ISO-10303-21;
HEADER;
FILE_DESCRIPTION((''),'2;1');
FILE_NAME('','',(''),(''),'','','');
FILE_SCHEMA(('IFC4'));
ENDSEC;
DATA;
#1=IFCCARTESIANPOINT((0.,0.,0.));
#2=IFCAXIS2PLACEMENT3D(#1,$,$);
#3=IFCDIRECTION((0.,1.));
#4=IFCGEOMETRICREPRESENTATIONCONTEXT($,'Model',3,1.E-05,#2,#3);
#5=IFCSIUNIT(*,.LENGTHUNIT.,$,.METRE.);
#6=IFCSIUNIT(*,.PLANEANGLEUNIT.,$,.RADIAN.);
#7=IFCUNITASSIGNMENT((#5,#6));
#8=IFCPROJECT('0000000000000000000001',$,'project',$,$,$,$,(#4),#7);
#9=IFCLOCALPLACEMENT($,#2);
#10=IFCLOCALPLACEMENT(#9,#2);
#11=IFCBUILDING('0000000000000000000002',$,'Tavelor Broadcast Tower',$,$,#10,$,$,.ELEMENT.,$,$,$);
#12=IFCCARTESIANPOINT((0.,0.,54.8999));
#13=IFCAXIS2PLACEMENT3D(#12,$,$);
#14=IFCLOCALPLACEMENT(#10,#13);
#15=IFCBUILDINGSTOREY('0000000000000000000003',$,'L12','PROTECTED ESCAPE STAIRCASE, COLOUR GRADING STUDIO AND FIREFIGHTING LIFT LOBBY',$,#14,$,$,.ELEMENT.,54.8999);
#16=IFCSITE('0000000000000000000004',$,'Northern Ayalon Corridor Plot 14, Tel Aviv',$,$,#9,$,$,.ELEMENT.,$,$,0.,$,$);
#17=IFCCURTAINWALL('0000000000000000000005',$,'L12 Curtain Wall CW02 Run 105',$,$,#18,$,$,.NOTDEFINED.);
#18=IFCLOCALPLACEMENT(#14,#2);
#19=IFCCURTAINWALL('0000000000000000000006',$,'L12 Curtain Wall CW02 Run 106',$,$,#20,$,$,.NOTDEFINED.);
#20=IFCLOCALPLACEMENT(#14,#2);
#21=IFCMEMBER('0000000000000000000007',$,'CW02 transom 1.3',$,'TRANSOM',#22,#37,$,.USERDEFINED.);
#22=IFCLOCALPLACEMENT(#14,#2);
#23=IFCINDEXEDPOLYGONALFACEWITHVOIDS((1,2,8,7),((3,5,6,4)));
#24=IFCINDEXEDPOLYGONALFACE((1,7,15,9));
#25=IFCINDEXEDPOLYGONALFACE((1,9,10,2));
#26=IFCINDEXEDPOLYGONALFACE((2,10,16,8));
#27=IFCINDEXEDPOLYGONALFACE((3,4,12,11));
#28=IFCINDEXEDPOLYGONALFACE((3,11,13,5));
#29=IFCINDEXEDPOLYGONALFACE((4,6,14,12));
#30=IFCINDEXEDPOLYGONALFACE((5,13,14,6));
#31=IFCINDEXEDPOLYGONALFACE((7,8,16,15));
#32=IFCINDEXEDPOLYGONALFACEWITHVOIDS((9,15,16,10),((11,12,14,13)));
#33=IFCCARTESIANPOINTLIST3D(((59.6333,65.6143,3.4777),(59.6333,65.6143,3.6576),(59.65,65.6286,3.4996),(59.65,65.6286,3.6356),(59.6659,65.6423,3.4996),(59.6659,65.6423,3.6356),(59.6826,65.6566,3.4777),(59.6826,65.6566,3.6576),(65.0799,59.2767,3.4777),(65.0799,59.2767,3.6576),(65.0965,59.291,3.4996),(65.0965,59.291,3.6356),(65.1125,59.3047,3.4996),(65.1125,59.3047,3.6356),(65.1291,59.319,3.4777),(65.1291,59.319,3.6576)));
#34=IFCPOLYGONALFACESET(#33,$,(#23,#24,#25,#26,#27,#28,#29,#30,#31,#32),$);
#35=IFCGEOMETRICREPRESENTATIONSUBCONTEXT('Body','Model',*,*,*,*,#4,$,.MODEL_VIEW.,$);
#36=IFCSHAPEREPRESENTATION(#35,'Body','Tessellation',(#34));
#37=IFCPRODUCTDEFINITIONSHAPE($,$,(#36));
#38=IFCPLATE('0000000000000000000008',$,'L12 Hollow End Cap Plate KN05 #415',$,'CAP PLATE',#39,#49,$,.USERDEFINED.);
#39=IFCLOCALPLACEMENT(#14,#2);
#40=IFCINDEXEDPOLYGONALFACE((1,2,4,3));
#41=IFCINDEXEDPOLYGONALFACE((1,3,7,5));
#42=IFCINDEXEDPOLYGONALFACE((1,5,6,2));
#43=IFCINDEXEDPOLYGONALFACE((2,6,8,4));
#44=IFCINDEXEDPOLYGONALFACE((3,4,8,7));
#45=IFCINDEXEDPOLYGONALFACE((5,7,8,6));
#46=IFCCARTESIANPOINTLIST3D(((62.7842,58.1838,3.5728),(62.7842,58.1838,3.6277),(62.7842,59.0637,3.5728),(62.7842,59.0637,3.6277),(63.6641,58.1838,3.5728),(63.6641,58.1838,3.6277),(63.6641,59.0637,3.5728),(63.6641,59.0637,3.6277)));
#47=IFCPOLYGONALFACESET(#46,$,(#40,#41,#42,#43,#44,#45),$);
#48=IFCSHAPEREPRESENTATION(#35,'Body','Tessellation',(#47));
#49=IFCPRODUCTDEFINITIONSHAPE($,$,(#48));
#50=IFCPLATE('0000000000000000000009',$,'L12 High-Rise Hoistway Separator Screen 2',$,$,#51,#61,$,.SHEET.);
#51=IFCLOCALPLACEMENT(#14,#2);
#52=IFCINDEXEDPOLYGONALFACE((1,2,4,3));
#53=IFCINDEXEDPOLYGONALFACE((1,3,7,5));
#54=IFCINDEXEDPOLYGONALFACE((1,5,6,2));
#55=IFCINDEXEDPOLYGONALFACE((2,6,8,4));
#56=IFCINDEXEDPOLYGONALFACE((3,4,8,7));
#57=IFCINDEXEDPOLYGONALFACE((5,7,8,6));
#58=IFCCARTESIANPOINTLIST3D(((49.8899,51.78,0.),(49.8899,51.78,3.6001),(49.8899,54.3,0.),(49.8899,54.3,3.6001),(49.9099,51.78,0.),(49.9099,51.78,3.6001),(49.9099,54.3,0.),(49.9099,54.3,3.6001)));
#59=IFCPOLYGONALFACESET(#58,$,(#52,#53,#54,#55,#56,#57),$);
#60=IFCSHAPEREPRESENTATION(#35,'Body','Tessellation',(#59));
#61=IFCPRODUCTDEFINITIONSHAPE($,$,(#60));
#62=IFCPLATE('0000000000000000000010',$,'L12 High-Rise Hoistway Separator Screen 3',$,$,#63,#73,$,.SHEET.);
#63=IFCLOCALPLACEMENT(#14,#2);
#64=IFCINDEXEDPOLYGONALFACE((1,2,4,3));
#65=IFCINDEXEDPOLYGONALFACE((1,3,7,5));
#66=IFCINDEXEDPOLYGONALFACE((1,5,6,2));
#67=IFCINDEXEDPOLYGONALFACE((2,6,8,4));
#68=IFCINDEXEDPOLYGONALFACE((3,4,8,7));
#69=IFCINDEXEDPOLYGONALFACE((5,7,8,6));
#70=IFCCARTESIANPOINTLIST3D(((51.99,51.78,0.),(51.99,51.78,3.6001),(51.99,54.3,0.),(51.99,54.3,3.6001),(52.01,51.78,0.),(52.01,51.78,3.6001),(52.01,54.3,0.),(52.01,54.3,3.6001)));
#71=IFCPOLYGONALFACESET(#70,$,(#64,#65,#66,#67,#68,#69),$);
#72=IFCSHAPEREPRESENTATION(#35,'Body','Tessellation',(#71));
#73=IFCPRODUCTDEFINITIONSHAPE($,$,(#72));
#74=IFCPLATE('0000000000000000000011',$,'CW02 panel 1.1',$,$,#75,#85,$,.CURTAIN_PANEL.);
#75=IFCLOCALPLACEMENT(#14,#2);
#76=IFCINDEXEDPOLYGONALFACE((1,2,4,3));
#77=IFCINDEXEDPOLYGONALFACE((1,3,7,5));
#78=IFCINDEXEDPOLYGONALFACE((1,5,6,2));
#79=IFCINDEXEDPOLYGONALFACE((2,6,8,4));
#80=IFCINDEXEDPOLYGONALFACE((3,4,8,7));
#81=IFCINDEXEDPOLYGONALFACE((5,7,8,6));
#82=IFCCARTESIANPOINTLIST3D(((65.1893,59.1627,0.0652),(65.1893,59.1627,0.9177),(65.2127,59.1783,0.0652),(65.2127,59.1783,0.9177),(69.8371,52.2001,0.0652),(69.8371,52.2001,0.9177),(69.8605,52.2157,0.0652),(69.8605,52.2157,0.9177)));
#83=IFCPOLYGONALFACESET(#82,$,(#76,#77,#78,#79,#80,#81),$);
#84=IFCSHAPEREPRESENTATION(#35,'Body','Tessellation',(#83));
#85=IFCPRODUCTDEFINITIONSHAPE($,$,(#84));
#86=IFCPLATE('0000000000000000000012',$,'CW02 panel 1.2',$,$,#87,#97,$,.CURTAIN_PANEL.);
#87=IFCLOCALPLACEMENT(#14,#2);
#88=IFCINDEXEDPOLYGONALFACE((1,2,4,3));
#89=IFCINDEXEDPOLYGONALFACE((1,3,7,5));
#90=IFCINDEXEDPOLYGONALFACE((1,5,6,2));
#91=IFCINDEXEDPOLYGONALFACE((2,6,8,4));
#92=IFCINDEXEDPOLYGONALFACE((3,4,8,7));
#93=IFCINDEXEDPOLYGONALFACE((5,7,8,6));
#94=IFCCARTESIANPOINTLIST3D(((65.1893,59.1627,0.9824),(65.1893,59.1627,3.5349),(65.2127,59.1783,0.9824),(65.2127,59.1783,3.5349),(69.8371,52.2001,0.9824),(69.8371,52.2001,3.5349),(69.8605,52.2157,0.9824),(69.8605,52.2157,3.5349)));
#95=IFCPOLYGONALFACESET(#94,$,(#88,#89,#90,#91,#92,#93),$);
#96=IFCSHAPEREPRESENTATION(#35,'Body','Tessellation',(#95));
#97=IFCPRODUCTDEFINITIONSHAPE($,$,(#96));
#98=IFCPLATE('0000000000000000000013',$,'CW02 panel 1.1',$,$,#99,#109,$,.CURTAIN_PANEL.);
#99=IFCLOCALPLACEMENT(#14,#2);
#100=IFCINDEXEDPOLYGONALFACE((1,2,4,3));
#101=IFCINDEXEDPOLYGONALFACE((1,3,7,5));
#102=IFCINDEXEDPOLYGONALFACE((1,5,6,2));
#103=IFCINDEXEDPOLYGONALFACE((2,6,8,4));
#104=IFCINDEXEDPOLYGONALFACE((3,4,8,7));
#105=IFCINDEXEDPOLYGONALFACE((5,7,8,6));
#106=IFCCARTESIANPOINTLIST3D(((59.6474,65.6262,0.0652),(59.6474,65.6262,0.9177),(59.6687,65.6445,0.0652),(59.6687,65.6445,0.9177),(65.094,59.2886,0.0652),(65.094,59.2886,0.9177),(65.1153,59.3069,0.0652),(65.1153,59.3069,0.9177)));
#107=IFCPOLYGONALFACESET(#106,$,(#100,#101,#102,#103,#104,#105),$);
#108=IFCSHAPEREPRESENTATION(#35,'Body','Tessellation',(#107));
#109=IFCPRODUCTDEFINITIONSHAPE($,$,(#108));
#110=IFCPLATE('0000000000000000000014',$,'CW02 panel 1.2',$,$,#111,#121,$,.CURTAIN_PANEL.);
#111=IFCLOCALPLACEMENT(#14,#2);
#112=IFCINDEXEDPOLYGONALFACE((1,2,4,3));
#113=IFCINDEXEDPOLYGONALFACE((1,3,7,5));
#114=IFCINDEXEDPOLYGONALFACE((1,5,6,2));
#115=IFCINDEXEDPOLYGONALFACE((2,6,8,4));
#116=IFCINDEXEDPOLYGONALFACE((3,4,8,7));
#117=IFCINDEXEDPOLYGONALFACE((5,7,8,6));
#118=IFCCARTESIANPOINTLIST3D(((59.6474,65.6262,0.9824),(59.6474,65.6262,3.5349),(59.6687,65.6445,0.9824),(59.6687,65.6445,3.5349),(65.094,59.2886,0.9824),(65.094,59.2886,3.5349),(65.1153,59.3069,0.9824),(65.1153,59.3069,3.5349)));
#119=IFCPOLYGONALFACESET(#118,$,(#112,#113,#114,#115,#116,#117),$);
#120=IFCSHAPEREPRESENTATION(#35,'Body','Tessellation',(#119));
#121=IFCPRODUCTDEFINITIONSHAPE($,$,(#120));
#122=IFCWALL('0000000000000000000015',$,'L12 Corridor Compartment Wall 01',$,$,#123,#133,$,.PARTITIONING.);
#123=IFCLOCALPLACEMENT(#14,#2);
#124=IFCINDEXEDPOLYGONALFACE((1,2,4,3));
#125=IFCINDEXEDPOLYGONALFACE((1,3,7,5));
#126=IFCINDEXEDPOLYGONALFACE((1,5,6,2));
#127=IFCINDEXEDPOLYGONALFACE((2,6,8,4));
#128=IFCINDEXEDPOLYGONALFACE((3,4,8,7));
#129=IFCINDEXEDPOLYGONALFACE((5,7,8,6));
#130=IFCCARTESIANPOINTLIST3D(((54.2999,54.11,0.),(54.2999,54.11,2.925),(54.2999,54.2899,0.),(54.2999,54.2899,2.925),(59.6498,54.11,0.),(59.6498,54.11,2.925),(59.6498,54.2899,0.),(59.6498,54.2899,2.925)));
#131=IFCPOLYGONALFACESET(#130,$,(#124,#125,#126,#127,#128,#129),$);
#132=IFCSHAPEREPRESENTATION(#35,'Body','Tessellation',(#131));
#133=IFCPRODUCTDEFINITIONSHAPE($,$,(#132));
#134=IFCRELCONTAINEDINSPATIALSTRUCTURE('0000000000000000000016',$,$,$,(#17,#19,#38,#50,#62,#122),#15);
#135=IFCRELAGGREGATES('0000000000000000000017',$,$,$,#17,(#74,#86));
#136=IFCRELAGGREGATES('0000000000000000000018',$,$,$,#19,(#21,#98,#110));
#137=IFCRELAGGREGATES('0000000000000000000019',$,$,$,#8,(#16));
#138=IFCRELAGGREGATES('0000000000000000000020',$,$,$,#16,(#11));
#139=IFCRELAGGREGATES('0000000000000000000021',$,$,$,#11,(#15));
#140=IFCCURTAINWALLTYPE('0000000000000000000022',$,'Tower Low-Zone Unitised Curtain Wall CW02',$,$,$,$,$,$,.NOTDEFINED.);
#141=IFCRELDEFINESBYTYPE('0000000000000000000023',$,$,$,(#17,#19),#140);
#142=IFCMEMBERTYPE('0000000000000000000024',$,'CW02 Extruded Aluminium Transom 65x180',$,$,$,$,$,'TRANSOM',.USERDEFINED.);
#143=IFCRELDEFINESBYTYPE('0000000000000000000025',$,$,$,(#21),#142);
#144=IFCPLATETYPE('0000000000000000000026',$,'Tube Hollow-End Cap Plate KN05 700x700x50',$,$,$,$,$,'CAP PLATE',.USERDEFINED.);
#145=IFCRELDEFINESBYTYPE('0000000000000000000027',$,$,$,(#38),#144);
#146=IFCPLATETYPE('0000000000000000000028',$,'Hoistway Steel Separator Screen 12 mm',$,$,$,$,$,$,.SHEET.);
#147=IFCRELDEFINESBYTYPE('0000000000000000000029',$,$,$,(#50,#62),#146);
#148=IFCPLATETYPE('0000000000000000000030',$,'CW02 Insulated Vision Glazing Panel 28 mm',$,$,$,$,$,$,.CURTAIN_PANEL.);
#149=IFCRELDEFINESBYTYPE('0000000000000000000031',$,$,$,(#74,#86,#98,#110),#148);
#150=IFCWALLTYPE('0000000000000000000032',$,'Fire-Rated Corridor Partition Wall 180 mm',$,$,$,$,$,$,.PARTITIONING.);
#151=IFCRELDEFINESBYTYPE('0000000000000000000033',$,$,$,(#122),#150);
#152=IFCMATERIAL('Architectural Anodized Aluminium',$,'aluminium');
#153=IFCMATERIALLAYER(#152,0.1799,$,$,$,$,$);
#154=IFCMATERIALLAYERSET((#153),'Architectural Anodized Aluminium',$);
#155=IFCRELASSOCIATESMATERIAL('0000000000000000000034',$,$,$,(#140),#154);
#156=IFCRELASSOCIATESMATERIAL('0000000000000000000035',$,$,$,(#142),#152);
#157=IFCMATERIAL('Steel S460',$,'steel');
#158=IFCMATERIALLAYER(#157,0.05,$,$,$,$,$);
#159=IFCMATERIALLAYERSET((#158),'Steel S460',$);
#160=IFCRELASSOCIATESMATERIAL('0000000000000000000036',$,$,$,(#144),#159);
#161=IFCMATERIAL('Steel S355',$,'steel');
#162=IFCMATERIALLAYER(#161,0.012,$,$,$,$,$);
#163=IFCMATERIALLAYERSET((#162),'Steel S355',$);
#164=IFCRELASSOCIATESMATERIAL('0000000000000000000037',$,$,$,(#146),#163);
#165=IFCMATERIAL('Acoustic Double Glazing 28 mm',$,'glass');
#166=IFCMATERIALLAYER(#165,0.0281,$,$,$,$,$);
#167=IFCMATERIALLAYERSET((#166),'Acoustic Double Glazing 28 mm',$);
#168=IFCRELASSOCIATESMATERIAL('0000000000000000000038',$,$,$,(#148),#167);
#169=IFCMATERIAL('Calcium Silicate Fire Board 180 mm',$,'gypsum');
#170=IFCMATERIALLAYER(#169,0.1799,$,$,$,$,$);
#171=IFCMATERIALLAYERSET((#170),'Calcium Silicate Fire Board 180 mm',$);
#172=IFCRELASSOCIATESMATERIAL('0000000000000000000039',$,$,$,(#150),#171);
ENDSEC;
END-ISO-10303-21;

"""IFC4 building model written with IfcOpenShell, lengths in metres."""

from ifc_helpers import new_model, si_unit, direction, frame, frame_2d, origin, origin_2d, place, context, subcontext, project, spatial, rectangle, hollow_rectangle, extrude, source, transform, mapped, material, layer, layer_set, material_profile, profile_set, type_object, type_shapes, element, aggregate, save


model = new_model("IFC4")

# Units and contexts
model_context = context("Model", 3, precision=1e-05, world=origin(), true_north=direction((0.0, 1.0)))
body_context = subcontext(model_context, "Body", "Model", "MODEL_VIEW")
ifc_project = project(units=[si_unit("LENGTHUNIT", "METRE"), si_unit("PLANEANGLEUNIT", "RADIAN")], contexts=[model_context])

# Site, building, storey
site_placement = place(None, origin())
site = spatial("IfcSite", under=ifc_project, at=site_placement, Name="Northern Ayalon Corridor Plot 14, Tel Aviv", CompositionType="ELEMENT", RefElevation=0.0)
building_placement = place(site_placement, origin())
building = spatial("IfcBuilding", under=site, at=building_placement, Name="Tavelor Broadcast Tower", CompositionType="ELEMENT")
storey_placement = place(building_placement, frame((0.0, 0.0, 54.8999)))
storey = spatial("IfcBuildingStorey", under=building, at=storey_placement, Name="L12", Description="PROTECTED ESCAPE STAIRCASE, COLOUR GRADING STUDIO AND FIREFIGHTING LIFT LOBBY", CompositionType="ELEMENT", Elevation=54.8999)

# Shared definitions
ifc_material_1 = material(Name="Steel S460", Category="steel")

# Shared definitions
ifc_material_2 = material(Name="Steel S355", Category="steel")

# Curtain wall
ifc_material_3 = material(Name="Architectural Anodized Aluminium", Category="aluminium")
ifc_layer_1 = layer(ifc_material_3, 0.1799)
ifc_layer_set_1 = layer_set([ifc_layer_1], Name="Architectural Anodized Aluminium")
curtain_wall_type = type_object("IfcCurtainWallType", Name="Tower Low-Zone Unitised Curtain Wall CW02", PredefinedType="NOTDEFINED", material=ifc_layer_set_1)
curtain_wall_1_placement = place(storey_placement, origin())
curtain_wall_1 = element("IfcCurtainWall", 1, at=curtain_wall_1_placement, inside=storey, type_object=curtain_wall_type, Name="L12 Curtain Wall CW02 Run 105", PredefinedType="NOTDEFINED")

# Curtain wall, member
curtain_wall_2_placement = place(storey_placement, origin())
curtain_wall_2 = element("IfcCurtainWall", 2, at=curtain_wall_2_placement, inside=storey, type_object=curtain_wall_type, Name="L12 Curtain Wall CW02 Run 106", PredefinedType="NOTDEFINED")
ifc_material_profile_1 = material_profile(ifc_material_3, hollow_rectangle(XDim=0.0649, YDim=0.1799, WallThickness=0.022, at=origin_2d()), Name="RHS 65x180x22")
ifc_profile_set_1 = profile_set([ifc_material_profile_1], Name="Architectural Anodized Aluminium")
member_type_1 = type_object("IfcMemberType", Name="CW02 Extruded Aluminium Transom 65x180", ElementType="TRANSOM", PredefinedType="USERDEFINED", material=ifc_profile_set_1)
shared_shape_1 = source(origin(), body_context, "Body", "SweptSolid", [
    extrude(hollow_rectangle(XDim=0.0649, YDim=0.1799, WallThickness=0.022, at=origin_2d()), origin(), (0.0, 0.0, 1.0), 8.3564),
])
type_shapes(member_type_1, [shared_shape_1])
member_1_placement = place(storey_placement, frame((65.1045, 59.2979, 3.5676), z_axis=(-0.651775, 0.758412, 0.0), x_axis=(-0.758412, -0.651775, 0.0)))
member_1 = element("IfcMember", 3, at=member_1_placement, type_object=member_type_1, Name="CW02 transom 1.3", ObjectType="TRANSOM", PredefinedType="USERDEFINED", context=body_context, shape_type="MappedRepresentation", body=[
    mapped(shared_shape_1, transform((0.0, 0.0, 0.0), scale=1.0)),
])

# Plates
ifc_layer_2 = layer(ifc_material_1, 0.05)
ifc_layer_set_2 = layer_set([ifc_layer_2], Name="Steel S460")
plate_type_1 = type_object("IfcPlateType", Name="Tube Hollow-End Cap Plate KN05 700x700x50", ElementType="CAP PLATE", PredefinedType="USERDEFINED", material=ifc_layer_set_2)
shared_shape_2 = source(origin(), body_context, "Body", "SweptSolid", [
    extrude(rectangle(XDim=0.8799, YDim=0.8799, at=origin_2d()), origin(), (0.0, 0.0, 1.0), 0.0549),
])
type_shapes(plate_type_1, [shared_shape_2])
plate_1_placement = place(storey_placement, frame((63.2241, 58.6238, 3.5728), z_axis=(0.0, 0.0, 1.0), x_axis=(1.0, 0.0, 0.0)))
element("IfcPlate", 4, at=plate_1_placement, inside=storey, type_object=plate_type_1, Name="L12 Hollow End Cap Plate KN05 #415", ObjectType="CAP PLATE", PredefinedType="USERDEFINED", context=body_context, shape_type="MappedRepresentation", body=[
    mapped(shared_shape_2, transform((0.0, 0.0, 0.0), scale=1.0)),
])
ifc_layer_3 = layer(ifc_material_2, 0.012)
ifc_layer_set_3 = layer_set([ifc_layer_3], Name="Steel S355")
plate_type_2 = type_object("IfcPlateType", Name="Hoistway Steel Separator Screen 12 mm", PredefinedType="SHEET", material=ifc_layer_set_3)
shared_shape_3 = source(origin(), body_context, "Body", "SweptSolid", [
    extrude(rectangle(XDim=0.02, YDim=2.52, at=origin_2d()), origin(), (0.0, 0.0, 1.0), 3.6001),
])
type_shapes(plate_type_2, [shared_shape_3])
for number, where, z_axis, x_axis, name in (
    (5, (49.8999, 53.04, 0.0), (0.0, 0.0, 1.0), (1.0, 0.0, 0.0), "L12 High-Rise Hoistway Separator Screen 2"),
    (6, (52.0, 53.04, 0.0), (0.0, 0.0, 1.0), (1.0, 0.0, 0.0), "L12 High-Rise Hoistway Separator Screen 3"),
):
    element("IfcPlate", number, at=place(storey_placement, frame(where, z_axis=z_axis, x_axis=x_axis)), inside=storey, type_object=plate_type_2, Name=name, PredefinedType="SHEET", context=body_context, shape_type="MappedRepresentation", body=[
        mapped(shared_shape_3, transform((0.0, 0.0, 0.0), scale=1.0)),
    ])

# Plates
ifc_material_4 = material(Name="Acoustic Double Glazing 28 mm", Category="glass")
ifc_layer_4 = layer(ifc_material_4, 0.0281)
ifc_layer_set_4 = layer_set([ifc_layer_4], Name="Acoustic Double Glazing 28 mm")
plate_type_3 = type_object("IfcPlateType", Name="CW02 Insulated Vision Glazing Panel 28 mm", PredefinedType="CURTAIN_PANEL", material=ifc_layer_set_4)
shared_shape_4 = source(origin(), body_context, "Body", "SweptSolid", [
    extrude(rectangle(XDim=8.3713, YDim=0.0281, at=origin_2d()), origin(), (0.0, 0.0, 1.0), 0.8525),
])
plate_2_placement = place(storey_placement, frame((67.5249, 55.6892, 0.0652), z_axis=(0.0, 0.0, 1.0), x_axis=(-0.5552, 0.831717, 0.0)))
plate_2 = element("IfcPlate", 7, at=plate_2_placement, type_object=plate_type_3, Name="CW02 panel 1.1", PredefinedType="CURTAIN_PANEL", context=body_context, shape_type="MappedRepresentation", body=[
    mapped(shared_shape_4, transform((0.0, 0.0, 0.0), scale=1.0)),
])
shared_shape_5 = source(origin(), body_context, "Body", "SweptSolid", [
    extrude(rectangle(XDim=8.3713, YDim=0.0281, at=origin_2d()), origin(), (0.0, 0.0, 1.0), 2.5525),
])
plate_3_placement = place(storey_placement, frame((67.5249, 55.6892, 0.9824), z_axis=(0.0, 0.0, 1.0), x_axis=(-0.5552, 0.831717, 0.0)))
plate_3 = element("IfcPlate", 8, at=plate_3_placement, type_object=plate_type_3, Name="CW02 panel 1.2", PredefinedType="CURTAIN_PANEL", context=body_context, shape_type="MappedRepresentation", body=[
    mapped(shared_shape_5, transform((0.0, 0.0, 0.0), scale=1.0)),
])
aggregate(curtain_wall_1, [plate_2, plate_3])
shared_shape_6 = source(origin(), body_context, "Body", "SweptSolid", [
    extrude(rectangle(XDim=8.3564, YDim=0.0281, at=origin_2d()), origin(), (0.0, 0.0, 1.0), 0.8525),
])
plate_4_placement = place(storey_placement, frame((62.3813, 62.4666, 0.0652), z_axis=(0.0, 0.0, 1.0), x_axis=(-0.65178, 0.758408, 0.0)))
plate_4 = element("IfcPlate", 9, at=plate_4_placement, type_object=plate_type_3, Name="CW02 panel 1.1", PredefinedType="CURTAIN_PANEL", context=body_context, shape_type="MappedRepresentation", body=[
    mapped(shared_shape_6, transform((0.0, 0.0, 0.0), scale=1.0)),
])
shared_shape_7 = source(origin(), body_context, "Body", "SweptSolid", [
    extrude(rectangle(XDim=8.3564, YDim=0.0281, at=origin_2d()), origin(), (0.0, 0.0, 1.0), 2.5525),
])
type_shapes(plate_type_3, [shared_shape_4, shared_shape_5, shared_shape_6, shared_shape_7])
plate_5_placement = place(storey_placement, frame((62.3813, 62.4666, 0.9824), z_axis=(0.0, 0.0, 1.0), x_axis=(-0.65178, 0.758408, 0.0)))
plate_5 = element("IfcPlate", 10, at=plate_5_placement, type_object=plate_type_3, Name="CW02 panel 1.2", PredefinedType="CURTAIN_PANEL", context=body_context, shape_type="MappedRepresentation", body=[
    mapped(shared_shape_7, transform((0.0, 0.0, 0.0), scale=1.0)),
])
aggregate(curtain_wall_2, [member_1, plate_4, plate_5])

# Wall
ifc_material_5 = material(Name="Calcium Silicate Fire Board 180 mm", Category="gypsum")
ifc_layer_5 = layer(ifc_material_5, 0.1799)
ifc_layer_set_5 = layer_set([ifc_layer_5], Name="Calcium Silicate Fire Board 180 mm")
wall_type_1 = type_object("IfcWallType", Name="Fire-Rated Corridor Partition Wall 180 mm", PredefinedType="PARTITIONING", material=ifc_layer_set_5)
wall_1_placement = place(storey_placement, frame((54.3, 54.2, 0.0), z_axis=(0.0, 0.0, 1.0), x_axis=(1.0, 0.0, 0.0)))
element("IfcWall", 11, at=wall_1_placement, inside=storey, type_object=wall_type_1, Name="L12 Corridor Compartment Wall 01", PredefinedType="PARTITIONING", context=body_context, shape_type="SweptSolid", body=[
    extrude(rectangle(XDim=5.3499, YDim=0.1799, at=frame_2d((2.6748, 0.0))), origin(), (0.0, 0.0, 1.0), 2.925),
])

save(model, "model.ifc")
